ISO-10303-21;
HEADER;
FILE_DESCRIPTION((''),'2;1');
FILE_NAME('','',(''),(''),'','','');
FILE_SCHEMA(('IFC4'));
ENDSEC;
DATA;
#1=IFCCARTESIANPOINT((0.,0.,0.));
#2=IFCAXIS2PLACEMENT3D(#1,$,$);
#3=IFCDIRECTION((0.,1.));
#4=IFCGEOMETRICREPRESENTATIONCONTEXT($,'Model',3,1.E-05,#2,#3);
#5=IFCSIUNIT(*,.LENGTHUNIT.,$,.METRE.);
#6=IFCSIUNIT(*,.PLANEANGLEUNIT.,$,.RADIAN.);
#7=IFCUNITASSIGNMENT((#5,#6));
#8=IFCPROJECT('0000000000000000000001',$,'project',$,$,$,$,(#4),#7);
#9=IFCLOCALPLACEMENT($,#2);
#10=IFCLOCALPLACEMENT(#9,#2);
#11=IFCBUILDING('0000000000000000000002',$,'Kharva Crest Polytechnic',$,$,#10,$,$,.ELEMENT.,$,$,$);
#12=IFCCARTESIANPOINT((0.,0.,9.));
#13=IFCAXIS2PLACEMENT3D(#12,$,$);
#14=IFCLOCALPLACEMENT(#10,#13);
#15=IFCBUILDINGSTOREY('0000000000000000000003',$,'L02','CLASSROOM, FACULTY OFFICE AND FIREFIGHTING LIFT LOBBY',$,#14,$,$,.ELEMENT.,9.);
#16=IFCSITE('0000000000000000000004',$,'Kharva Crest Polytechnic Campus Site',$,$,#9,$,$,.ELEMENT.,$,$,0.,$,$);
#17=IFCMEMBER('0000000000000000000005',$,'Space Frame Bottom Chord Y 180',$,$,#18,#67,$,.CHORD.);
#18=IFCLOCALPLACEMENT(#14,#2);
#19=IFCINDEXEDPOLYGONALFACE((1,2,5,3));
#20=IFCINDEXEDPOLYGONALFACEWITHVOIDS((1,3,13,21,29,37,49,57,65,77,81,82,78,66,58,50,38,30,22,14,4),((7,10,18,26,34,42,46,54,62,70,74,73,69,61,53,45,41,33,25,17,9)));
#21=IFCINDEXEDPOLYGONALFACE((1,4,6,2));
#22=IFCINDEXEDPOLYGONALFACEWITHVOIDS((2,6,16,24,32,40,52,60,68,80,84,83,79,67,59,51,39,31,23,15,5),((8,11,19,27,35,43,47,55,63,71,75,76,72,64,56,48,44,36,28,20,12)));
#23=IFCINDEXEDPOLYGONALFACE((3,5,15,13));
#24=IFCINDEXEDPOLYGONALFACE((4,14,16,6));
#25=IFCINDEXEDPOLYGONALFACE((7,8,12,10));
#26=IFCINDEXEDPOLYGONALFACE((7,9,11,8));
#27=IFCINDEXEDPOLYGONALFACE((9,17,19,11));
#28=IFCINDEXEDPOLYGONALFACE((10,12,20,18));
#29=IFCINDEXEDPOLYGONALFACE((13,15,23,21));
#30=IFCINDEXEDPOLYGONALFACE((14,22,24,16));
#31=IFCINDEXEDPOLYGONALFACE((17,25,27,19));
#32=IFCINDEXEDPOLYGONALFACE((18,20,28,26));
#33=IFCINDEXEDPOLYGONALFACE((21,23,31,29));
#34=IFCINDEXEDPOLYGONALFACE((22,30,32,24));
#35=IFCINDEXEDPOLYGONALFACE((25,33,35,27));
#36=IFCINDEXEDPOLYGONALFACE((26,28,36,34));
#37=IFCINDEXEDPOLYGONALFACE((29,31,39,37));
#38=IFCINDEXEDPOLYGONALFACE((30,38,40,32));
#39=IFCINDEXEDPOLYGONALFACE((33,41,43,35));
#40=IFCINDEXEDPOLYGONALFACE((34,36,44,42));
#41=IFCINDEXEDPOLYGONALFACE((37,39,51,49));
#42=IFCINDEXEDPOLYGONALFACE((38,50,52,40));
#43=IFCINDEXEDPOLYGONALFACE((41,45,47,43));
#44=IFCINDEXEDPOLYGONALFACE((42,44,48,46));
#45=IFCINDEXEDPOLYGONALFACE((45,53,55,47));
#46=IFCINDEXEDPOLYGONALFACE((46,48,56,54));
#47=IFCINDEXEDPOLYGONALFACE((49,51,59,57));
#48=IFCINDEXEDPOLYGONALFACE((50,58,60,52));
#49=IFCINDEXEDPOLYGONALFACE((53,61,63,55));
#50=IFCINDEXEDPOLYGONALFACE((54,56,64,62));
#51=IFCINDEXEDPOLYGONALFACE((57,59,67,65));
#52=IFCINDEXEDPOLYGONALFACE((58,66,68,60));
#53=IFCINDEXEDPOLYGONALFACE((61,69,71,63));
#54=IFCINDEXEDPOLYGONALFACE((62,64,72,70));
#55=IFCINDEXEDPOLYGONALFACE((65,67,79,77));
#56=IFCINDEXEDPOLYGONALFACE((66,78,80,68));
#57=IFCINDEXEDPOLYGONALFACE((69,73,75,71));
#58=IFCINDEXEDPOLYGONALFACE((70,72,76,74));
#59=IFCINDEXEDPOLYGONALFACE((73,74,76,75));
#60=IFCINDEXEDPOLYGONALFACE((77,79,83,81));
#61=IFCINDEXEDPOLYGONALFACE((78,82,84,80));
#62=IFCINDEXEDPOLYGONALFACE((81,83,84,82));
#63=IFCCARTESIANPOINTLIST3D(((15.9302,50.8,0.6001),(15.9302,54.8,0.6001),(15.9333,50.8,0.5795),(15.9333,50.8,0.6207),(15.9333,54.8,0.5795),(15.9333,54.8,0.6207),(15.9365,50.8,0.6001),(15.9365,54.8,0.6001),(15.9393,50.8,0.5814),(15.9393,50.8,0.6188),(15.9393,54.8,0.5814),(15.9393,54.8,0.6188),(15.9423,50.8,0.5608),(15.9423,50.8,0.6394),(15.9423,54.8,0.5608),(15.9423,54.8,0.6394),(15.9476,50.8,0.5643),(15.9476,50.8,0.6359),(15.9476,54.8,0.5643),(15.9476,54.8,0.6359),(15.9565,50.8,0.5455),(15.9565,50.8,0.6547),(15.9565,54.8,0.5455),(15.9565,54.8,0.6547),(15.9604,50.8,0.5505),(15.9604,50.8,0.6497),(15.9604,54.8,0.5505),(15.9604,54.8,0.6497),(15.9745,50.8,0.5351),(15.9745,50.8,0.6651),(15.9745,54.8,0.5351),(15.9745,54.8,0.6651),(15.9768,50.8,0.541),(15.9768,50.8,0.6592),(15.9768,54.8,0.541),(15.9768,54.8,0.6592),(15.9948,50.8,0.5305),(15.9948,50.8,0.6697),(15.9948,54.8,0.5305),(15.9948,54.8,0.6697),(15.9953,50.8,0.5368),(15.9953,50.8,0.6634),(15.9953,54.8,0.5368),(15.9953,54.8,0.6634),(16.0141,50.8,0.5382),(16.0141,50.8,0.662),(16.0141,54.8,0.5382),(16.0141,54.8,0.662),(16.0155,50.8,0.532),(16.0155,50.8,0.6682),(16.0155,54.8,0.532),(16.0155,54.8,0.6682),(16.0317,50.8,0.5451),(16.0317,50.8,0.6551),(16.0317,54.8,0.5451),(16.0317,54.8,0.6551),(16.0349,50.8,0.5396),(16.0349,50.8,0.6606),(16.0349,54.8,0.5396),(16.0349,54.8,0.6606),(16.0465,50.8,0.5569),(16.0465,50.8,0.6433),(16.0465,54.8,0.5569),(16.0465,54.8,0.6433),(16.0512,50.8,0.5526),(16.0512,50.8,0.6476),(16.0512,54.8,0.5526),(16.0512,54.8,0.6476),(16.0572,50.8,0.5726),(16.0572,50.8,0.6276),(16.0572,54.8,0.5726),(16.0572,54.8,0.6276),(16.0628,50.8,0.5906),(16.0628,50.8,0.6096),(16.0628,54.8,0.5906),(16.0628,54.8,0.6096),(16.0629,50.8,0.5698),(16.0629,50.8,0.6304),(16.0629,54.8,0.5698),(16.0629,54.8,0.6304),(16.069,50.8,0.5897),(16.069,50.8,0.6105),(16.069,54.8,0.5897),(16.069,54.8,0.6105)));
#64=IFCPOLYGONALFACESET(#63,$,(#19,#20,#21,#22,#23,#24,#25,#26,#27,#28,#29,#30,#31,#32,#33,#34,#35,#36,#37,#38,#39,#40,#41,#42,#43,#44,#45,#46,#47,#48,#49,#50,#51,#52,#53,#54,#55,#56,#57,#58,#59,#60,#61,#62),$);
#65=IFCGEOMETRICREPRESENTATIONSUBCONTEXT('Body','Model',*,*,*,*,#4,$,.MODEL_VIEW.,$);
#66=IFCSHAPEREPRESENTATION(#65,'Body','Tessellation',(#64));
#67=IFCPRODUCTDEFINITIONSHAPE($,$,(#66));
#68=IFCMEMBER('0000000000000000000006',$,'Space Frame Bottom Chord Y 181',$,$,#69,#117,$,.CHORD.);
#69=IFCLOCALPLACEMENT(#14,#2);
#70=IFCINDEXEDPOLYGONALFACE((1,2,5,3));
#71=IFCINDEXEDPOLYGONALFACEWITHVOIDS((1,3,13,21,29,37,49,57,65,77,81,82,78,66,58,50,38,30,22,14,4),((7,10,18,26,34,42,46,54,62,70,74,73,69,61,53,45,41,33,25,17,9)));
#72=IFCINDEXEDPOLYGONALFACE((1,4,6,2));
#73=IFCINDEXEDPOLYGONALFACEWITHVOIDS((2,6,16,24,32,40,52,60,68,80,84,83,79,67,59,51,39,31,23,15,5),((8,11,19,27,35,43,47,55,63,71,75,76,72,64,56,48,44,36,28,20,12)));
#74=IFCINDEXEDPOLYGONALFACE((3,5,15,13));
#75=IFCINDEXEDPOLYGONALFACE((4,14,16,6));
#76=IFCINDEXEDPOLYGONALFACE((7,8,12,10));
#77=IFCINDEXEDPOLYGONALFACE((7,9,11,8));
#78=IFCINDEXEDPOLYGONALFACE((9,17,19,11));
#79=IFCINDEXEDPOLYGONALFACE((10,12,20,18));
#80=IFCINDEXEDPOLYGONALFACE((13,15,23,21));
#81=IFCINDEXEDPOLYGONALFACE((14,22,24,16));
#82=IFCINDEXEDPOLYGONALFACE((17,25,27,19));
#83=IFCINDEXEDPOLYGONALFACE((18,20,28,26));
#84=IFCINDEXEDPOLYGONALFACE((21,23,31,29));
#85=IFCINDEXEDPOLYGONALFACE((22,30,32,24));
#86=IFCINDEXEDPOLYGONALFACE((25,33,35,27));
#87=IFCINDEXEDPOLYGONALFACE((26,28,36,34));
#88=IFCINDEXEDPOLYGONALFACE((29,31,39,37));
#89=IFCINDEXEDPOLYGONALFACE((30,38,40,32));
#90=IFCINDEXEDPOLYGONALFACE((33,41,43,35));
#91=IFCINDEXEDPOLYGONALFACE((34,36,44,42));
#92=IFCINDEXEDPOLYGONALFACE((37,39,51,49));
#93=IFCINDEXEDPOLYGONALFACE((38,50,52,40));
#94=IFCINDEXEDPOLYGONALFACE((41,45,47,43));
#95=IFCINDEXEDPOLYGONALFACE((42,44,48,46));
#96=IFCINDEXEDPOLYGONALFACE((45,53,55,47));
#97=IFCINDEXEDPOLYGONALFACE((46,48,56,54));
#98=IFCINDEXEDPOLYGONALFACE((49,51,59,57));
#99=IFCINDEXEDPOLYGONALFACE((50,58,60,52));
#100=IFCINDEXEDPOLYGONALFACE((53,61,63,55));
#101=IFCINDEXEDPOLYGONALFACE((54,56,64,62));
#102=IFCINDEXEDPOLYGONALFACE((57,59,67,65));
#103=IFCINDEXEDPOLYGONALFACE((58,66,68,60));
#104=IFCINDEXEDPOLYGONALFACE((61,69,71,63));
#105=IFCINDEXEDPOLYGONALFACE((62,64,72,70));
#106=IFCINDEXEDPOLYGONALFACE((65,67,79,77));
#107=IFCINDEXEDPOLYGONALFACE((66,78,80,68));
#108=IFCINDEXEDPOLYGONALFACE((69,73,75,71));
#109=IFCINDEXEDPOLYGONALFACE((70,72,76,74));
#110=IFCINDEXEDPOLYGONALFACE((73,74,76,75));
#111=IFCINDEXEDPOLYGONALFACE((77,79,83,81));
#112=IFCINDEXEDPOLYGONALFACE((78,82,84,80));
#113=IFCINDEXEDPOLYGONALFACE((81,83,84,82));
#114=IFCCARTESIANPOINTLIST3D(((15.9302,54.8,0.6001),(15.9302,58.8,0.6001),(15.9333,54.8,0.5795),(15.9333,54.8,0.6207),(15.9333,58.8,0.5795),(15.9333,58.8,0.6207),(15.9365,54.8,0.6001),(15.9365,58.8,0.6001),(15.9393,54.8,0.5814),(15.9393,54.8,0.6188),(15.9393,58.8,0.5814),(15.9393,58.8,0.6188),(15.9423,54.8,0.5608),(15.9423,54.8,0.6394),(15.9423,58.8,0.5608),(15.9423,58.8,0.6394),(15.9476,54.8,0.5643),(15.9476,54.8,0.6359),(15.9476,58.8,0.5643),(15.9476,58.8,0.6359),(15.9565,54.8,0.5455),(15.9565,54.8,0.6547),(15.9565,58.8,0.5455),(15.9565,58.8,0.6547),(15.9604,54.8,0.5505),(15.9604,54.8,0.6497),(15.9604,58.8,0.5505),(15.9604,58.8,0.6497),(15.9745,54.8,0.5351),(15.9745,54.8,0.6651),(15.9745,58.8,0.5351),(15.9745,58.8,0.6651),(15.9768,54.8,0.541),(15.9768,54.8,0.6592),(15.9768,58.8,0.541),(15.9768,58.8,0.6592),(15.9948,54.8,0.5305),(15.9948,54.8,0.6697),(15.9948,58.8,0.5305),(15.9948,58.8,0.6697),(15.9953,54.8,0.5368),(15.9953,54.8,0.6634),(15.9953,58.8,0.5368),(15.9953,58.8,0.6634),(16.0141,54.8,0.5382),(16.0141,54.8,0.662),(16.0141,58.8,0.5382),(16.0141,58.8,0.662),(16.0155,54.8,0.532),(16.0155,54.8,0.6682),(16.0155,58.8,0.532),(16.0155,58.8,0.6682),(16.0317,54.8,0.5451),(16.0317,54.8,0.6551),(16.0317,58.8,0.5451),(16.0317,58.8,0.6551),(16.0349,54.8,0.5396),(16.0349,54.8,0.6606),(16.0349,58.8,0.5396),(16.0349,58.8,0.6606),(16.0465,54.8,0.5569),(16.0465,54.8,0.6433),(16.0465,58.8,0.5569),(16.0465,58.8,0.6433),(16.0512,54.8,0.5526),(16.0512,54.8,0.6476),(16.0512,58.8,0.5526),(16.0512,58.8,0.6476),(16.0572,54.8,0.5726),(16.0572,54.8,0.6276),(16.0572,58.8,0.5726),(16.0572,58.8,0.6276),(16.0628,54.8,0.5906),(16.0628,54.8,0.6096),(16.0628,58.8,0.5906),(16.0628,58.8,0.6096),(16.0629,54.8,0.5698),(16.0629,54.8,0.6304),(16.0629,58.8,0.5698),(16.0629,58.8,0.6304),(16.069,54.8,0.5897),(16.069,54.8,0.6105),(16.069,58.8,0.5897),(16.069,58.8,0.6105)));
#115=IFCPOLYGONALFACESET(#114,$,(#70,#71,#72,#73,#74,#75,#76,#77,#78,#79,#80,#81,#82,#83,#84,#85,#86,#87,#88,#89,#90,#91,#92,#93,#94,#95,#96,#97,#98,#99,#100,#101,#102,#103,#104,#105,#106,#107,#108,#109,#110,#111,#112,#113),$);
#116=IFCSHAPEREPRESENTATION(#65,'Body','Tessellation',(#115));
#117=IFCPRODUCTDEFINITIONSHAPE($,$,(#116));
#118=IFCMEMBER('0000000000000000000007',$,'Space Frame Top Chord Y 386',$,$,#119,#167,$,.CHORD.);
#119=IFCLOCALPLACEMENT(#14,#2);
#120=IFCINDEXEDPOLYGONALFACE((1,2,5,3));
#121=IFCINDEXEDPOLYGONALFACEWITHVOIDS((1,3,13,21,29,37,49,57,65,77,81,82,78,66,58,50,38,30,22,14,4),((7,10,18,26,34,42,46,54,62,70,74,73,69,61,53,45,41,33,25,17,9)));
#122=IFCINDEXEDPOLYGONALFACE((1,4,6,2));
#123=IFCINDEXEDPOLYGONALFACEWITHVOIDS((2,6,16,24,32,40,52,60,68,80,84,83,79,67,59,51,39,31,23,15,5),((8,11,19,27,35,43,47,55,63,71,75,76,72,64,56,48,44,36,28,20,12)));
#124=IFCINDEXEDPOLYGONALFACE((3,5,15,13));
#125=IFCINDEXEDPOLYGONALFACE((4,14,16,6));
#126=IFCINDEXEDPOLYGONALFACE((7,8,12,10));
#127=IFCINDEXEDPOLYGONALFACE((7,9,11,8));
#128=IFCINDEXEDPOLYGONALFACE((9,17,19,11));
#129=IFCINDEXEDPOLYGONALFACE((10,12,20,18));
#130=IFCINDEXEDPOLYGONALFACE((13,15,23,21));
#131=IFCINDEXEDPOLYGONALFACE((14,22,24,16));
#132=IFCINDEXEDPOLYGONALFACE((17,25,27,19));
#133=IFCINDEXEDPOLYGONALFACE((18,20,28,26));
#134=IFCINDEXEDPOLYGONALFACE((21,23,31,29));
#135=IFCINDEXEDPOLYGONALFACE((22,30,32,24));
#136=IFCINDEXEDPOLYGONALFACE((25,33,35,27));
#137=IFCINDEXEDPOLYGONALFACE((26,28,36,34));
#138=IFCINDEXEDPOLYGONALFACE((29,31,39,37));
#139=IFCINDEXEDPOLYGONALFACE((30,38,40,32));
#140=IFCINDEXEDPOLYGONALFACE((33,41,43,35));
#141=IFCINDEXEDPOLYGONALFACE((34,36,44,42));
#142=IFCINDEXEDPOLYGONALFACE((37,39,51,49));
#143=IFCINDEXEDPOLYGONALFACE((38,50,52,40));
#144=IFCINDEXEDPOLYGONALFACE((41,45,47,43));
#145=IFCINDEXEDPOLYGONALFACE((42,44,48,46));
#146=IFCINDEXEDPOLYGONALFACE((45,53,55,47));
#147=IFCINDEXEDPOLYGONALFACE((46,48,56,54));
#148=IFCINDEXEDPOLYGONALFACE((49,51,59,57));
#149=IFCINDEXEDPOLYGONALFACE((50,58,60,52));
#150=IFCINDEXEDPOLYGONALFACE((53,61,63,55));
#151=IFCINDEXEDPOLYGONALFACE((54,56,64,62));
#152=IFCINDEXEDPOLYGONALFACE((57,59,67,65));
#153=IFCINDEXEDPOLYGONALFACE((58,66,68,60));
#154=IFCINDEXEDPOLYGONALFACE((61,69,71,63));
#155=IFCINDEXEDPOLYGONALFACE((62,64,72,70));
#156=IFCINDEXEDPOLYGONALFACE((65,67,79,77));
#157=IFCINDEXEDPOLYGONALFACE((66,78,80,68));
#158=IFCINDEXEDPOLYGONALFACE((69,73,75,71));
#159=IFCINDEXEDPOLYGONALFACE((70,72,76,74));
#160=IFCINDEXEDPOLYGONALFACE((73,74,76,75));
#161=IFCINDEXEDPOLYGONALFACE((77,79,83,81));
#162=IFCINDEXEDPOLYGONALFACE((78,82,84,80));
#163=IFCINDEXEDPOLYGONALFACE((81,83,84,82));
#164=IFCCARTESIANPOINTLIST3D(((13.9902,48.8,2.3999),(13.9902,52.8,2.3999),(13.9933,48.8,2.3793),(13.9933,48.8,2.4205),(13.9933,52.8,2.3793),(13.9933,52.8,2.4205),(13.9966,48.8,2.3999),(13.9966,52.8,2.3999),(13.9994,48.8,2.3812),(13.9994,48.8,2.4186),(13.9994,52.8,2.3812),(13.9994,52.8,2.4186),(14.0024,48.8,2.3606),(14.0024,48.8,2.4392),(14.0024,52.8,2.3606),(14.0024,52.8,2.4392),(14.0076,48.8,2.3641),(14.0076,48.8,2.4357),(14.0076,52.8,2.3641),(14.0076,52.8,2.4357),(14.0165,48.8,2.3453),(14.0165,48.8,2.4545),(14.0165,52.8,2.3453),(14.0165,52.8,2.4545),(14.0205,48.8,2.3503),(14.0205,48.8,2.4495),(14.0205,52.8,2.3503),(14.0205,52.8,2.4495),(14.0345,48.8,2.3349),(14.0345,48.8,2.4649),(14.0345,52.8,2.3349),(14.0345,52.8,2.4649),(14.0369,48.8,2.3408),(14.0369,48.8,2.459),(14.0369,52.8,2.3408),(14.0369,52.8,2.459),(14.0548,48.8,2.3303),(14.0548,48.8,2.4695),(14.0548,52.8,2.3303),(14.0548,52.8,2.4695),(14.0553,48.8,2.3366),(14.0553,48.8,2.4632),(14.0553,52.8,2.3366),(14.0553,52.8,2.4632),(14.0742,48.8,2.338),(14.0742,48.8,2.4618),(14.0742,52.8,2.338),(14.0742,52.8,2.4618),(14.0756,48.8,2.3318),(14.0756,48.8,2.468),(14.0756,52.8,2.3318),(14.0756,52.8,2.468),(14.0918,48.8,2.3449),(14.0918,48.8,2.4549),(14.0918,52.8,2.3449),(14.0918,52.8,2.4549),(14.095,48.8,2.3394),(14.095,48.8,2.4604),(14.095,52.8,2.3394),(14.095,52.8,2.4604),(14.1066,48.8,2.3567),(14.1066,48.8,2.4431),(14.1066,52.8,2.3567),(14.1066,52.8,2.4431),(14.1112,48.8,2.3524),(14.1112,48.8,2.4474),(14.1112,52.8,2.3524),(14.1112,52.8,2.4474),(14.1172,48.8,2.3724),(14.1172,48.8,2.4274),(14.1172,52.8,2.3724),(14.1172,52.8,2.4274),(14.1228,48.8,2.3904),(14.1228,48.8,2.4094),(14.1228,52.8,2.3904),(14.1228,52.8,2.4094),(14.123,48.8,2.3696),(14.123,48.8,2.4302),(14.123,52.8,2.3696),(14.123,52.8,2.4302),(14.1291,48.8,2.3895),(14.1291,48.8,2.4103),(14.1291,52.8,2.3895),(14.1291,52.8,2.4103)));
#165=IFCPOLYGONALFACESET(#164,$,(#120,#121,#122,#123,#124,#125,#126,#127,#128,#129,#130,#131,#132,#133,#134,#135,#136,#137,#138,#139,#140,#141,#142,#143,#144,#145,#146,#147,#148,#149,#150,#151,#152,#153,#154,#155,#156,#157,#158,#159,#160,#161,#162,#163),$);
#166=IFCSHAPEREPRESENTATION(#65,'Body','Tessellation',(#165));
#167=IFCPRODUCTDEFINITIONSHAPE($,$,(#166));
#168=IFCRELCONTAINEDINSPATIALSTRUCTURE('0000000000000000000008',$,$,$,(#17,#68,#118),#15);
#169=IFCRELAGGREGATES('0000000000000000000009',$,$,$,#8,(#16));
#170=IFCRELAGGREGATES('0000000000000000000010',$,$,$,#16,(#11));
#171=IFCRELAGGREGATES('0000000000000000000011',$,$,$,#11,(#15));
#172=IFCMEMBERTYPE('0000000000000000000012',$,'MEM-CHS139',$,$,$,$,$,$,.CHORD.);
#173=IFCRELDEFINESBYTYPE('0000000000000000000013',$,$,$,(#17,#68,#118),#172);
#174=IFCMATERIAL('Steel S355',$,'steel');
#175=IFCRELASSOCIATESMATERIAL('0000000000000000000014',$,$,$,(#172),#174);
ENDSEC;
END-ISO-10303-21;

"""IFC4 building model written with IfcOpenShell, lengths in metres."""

from ifc_helpers import new_model, si_unit, direction, frame, origin, origin_2d, place, context, subcontext, project, spatial, hollow_circle, extrude, material, material_profile, profile_set, type_object, element, save


model = new_model("IFC4")

# Units and contexts
model_context = context("Model", 3, precision=1e-05, world=origin(), true_north=direction((0.0, 1.0)))
body_context = subcontext(model_context, "Body", "Model", "MODEL_VIEW")
ifc_project = project(units=[si_unit("LENGTHUNIT", "METRE"), si_unit("PLANEANGLEUNIT", "RADIAN")], contexts=[model_context])

# Site, building, storey
site_placement = place(None, origin())
site = spatial("IfcSite", under=ifc_project, at=site_placement, Name="Kharva Crest Polytechnic Campus Site", CompositionType="ELEMENT", RefElevation=0.0)
building_placement = place(site_placement, origin())
building = spatial("IfcBuilding", under=site, at=building_placement, Name="Kharva Crest Polytechnic", CompositionType="ELEMENT")
storey_placement = place(building_placement, frame((0.0, 0.0, 9.0)))
storey = spatial("IfcBuildingStorey", under=building, at=storey_placement, Name="L02", Description="CLASSROOM, FACULTY OFFICE AND FIREFIGHTING LIFT LOBBY", CompositionType="ELEMENT", Elevation=9.0)

# Shared definitions
ifc_material_1 = material(Name="Steel S355", Category="steel")

# Members
ifc_material_profile_1 = material_profile(ifc_material_1, hollow_circle(Radius=0.0698, WallThickness=0.0063, at=origin_2d()), Name="CHS 139.7X6.3")
ifc_profile_set_1 = profile_set([ifc_material_profile_1], Name="Steel S355")
member_type_1 = type_object("IfcMemberType", Name="MEM-CHS139", PredefinedType="CHORD", material=ifc_profile_set_1)
for number, where, z_axis, x_axis, name in (
    (1, (16.0, 50.8, 0.6001), (0.0, 1.0, 0.0), (-1.0, 0.0, 0.0), "Space Frame Bottom Chord Y 180"),
    (2, (16.0, 54.8, 0.6001), (0.0, 1.0, 0.0), (-1.0, 0.0, 0.0), "Space Frame Bottom Chord Y 181"),
    (3, (14.0601, 48.8, 2.3999), (0.0, 1.0, 0.0), (-1.0, 0.0, 0.0), "Space Frame Top Chord Y 386"),
):
    element("IfcMember", number, at=place(storey_placement, frame(where, z_axis=z_axis, x_axis=x_axis)), inside=storey, type_object=member_type_1, Name=name, PredefinedType="CHORD", context=body_context, shape_type="SweptSolid", body=[
        extrude(hollow_circle(Radius=0.0698, WallThickness=0.0063, at=origin_2d()), origin(), (0.0, 0.0, 1.0), 4.0),
    ])

save(model, "model.ifc")
